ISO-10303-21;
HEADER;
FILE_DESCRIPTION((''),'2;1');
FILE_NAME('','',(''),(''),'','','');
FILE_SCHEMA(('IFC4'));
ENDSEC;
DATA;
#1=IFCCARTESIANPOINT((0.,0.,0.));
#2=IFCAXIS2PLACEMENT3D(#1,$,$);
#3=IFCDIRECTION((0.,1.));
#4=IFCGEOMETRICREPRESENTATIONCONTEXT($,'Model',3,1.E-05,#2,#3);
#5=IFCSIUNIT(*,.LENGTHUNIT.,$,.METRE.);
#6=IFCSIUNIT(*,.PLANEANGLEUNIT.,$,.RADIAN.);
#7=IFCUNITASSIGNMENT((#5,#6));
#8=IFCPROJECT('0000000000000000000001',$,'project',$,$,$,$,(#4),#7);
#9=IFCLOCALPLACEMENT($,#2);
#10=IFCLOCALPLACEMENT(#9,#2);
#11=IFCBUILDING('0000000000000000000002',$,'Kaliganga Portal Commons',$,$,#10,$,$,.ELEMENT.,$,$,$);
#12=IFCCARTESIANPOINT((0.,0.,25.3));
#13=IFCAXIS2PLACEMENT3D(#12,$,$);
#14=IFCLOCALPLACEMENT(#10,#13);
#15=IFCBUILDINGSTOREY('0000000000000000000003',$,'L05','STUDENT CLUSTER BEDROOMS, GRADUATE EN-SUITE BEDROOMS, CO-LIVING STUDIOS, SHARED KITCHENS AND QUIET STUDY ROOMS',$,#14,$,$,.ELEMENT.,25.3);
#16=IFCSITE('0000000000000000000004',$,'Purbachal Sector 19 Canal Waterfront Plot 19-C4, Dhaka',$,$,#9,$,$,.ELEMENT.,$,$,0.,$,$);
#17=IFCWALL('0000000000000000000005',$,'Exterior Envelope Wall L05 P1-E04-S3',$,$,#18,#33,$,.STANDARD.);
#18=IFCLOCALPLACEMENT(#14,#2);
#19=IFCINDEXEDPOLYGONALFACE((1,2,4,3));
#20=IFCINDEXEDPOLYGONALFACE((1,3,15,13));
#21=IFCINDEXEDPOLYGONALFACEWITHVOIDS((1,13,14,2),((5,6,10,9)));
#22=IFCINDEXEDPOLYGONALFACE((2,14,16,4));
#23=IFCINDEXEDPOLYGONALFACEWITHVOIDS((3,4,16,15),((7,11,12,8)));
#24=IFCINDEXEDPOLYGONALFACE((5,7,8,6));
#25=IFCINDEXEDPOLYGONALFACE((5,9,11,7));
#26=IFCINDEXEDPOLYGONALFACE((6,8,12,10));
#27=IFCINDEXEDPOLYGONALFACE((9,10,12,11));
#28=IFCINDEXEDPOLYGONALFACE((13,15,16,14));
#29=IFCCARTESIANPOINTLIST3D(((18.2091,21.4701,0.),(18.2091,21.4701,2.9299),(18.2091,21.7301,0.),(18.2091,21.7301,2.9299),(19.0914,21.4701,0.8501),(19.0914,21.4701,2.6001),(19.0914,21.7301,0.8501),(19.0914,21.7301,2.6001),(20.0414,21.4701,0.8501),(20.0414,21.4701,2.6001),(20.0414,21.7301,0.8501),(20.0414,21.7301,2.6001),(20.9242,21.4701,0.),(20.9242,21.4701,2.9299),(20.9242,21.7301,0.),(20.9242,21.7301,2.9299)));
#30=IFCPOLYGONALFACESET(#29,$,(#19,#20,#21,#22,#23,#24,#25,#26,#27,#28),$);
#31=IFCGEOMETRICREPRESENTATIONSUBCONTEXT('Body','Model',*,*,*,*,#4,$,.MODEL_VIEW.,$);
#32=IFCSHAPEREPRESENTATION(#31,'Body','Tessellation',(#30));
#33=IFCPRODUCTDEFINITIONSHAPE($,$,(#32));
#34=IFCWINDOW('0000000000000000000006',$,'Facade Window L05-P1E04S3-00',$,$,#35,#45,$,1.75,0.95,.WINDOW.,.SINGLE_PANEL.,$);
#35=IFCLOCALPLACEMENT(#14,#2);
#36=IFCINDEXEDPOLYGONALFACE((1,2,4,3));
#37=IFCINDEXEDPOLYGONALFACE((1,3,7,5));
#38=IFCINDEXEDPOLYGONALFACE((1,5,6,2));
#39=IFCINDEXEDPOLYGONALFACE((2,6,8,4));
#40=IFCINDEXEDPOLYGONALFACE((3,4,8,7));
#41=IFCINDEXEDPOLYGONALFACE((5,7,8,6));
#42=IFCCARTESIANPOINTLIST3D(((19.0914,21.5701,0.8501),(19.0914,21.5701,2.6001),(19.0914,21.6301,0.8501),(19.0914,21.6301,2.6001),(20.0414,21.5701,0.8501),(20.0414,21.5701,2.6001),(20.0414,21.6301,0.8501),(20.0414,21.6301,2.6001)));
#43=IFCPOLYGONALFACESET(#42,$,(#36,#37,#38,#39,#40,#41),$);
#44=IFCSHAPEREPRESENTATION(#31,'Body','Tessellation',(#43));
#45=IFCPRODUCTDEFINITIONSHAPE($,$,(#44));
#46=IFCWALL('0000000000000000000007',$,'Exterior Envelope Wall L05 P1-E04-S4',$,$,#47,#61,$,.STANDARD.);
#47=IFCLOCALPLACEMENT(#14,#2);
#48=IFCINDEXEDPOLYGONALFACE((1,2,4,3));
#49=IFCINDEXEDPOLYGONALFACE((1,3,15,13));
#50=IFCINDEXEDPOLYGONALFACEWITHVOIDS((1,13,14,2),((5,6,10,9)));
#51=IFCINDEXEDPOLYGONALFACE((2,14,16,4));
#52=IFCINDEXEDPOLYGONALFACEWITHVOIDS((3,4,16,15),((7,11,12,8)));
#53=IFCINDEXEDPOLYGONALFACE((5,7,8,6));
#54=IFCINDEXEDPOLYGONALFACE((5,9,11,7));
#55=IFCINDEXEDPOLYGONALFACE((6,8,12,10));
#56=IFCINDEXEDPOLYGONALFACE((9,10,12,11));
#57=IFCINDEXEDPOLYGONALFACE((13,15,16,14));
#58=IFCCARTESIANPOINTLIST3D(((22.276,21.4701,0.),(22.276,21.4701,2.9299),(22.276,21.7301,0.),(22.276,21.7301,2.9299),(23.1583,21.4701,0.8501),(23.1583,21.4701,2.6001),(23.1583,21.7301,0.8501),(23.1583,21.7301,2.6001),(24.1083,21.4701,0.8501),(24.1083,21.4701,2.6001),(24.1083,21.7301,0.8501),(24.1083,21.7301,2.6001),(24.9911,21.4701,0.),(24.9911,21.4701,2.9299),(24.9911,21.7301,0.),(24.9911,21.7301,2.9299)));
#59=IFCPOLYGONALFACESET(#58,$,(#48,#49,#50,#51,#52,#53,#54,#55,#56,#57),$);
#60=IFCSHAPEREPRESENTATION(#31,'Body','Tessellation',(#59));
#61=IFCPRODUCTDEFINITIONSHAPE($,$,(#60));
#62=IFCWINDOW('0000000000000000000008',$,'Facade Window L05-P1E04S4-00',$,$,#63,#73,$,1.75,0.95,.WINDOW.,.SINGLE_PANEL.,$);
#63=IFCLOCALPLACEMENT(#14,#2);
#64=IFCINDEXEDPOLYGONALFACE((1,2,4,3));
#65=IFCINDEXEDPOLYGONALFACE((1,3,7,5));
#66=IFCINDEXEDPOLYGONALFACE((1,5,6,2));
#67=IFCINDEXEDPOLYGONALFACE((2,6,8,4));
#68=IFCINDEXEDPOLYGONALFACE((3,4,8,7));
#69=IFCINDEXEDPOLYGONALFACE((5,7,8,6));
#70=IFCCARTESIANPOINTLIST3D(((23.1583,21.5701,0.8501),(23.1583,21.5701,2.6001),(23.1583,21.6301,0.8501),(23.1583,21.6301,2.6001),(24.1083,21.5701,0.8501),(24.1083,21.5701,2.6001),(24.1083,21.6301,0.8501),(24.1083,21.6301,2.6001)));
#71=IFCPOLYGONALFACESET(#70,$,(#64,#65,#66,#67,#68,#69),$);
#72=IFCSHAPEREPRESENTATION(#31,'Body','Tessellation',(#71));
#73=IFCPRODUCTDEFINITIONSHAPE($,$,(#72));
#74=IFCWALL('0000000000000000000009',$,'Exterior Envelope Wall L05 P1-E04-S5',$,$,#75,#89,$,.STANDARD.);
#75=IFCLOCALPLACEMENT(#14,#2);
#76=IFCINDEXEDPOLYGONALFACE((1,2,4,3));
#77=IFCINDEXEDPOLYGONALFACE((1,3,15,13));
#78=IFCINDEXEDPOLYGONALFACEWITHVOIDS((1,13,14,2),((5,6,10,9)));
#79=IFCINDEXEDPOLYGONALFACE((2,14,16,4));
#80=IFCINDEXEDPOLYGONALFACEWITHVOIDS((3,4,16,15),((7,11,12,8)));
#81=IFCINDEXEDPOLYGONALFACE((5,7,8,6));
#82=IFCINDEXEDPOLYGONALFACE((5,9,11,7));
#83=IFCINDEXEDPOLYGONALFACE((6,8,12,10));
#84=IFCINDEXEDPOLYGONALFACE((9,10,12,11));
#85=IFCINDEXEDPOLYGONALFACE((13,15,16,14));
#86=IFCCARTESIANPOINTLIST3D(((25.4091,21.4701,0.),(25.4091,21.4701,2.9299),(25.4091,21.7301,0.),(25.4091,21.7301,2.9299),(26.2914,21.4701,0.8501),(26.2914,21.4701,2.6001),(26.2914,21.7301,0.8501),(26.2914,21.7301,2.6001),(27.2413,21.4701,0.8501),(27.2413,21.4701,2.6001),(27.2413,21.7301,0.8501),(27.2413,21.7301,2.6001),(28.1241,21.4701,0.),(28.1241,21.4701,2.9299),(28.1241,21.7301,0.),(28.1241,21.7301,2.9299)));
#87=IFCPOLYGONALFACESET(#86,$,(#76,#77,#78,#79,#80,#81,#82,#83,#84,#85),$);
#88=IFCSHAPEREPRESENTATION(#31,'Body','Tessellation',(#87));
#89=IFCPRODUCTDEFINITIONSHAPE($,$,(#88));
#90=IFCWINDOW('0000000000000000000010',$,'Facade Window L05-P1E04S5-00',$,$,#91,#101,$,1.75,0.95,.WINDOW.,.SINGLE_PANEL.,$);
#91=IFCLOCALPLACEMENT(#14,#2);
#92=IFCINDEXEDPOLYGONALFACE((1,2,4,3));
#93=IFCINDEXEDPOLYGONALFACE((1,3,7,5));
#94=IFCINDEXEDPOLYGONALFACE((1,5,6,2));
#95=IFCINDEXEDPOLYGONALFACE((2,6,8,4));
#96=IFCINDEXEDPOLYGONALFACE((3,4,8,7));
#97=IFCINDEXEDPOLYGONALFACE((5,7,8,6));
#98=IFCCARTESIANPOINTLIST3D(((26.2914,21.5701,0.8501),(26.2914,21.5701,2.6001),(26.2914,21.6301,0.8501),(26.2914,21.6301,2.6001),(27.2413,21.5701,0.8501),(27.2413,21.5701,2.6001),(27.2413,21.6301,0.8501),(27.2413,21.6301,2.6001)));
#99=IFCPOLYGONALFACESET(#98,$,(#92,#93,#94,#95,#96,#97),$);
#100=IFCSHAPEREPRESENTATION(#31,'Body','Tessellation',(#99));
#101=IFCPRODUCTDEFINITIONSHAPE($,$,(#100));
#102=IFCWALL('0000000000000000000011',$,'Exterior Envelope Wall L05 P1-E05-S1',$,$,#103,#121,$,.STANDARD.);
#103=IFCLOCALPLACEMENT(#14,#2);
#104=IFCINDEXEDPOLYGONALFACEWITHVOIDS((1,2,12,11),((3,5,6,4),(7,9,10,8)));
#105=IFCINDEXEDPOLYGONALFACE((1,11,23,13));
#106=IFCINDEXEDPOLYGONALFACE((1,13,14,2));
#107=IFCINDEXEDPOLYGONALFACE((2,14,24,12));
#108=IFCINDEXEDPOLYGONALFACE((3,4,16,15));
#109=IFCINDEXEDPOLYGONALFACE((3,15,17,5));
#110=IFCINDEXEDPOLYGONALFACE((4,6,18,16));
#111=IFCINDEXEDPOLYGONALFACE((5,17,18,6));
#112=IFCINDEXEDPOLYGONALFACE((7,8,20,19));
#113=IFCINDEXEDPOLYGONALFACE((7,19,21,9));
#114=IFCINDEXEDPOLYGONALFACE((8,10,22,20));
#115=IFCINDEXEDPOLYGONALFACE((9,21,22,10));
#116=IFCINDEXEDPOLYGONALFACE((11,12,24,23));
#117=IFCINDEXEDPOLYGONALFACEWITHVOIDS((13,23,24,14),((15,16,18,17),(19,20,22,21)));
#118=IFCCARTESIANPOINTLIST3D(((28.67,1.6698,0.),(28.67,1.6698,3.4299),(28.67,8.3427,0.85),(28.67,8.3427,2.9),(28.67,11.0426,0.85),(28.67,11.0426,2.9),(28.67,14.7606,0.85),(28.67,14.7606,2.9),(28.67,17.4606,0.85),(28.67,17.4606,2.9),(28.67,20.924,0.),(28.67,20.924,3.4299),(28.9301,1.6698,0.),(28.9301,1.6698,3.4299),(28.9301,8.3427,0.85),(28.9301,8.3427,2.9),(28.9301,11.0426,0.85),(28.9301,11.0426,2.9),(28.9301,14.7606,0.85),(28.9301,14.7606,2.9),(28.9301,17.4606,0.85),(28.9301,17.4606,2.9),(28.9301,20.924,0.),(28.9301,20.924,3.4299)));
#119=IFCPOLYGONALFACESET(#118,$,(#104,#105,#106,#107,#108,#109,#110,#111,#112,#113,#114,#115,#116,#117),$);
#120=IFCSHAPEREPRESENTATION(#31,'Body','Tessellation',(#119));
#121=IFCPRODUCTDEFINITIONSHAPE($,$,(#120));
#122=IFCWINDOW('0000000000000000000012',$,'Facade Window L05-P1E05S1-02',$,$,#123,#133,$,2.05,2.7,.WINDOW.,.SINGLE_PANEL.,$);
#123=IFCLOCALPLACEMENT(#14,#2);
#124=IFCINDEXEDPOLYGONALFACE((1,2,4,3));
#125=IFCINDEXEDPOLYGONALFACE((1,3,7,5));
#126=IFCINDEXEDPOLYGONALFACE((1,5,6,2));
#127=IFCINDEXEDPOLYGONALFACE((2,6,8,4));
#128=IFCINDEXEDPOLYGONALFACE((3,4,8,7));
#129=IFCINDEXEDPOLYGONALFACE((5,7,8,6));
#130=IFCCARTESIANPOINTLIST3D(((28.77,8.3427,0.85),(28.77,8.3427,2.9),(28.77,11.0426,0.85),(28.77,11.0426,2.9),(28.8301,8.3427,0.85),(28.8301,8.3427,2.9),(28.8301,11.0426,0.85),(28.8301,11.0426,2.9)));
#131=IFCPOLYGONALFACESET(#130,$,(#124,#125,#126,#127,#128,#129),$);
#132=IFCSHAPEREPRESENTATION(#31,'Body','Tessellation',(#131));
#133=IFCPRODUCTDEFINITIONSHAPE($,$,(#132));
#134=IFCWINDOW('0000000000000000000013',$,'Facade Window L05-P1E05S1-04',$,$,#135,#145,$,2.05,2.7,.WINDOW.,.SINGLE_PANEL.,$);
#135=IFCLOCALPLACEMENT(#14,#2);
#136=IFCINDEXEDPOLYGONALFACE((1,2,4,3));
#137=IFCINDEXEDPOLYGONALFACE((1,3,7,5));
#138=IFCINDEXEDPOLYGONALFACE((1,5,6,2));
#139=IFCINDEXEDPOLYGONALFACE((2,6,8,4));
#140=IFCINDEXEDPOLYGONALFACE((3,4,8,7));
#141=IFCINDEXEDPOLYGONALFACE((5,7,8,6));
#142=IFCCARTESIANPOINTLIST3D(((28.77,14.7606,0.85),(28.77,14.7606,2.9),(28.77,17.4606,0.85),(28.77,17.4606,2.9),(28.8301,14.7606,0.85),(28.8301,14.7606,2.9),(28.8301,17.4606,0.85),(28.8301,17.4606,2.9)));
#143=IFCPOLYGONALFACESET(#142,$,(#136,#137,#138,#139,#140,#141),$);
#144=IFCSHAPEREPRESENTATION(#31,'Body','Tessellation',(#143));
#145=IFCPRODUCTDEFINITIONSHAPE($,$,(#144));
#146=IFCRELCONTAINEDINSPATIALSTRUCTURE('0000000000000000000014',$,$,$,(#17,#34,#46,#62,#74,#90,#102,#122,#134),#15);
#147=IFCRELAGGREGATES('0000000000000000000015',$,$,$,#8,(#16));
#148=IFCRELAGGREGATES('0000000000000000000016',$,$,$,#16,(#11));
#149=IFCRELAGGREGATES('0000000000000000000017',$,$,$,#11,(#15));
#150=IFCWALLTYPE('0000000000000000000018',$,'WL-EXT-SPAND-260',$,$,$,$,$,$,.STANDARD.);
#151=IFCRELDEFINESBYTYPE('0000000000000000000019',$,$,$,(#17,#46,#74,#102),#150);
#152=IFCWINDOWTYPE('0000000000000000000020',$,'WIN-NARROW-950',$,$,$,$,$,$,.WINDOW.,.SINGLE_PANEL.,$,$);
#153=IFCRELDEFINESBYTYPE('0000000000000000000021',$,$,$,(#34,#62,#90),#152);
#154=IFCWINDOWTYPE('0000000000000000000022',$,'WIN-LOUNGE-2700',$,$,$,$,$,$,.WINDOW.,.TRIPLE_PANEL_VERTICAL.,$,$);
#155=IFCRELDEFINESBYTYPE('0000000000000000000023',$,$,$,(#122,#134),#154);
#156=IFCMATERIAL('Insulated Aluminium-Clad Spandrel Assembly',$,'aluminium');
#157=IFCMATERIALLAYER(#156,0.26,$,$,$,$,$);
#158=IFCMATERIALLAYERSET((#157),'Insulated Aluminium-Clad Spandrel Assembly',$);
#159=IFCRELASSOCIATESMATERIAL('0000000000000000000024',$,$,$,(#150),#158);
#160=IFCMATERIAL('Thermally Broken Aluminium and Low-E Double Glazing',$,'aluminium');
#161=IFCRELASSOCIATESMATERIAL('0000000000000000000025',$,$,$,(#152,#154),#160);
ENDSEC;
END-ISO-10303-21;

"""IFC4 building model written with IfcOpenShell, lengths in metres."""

from ifc_helpers import new_model, si_unit, direction, frame, frame_2d, origin, place, context, subcontext, project, spatial, rectangle, extrude, material, layer, layer_set, type_object, element, fill, save


model = new_model("IFC4")

# Units and contexts
model_context = context("Model", 3, precision=1e-05, world=origin(), true_north=direction((0.0, 1.0)))
body_context = subcontext(model_context, "Body", "Model", "MODEL_VIEW")
ifc_project = project(units=[si_unit("LENGTHUNIT", "METRE"), si_unit("PLANEANGLEUNIT", "RADIAN")], contexts=[model_context])

# Site, building, storey
site_placement = place(None, origin())
site = spatial("IfcSite", under=ifc_project, at=site_placement, Name="Purbachal Sector 19 Canal Waterfront Plot 19-C4, Dhaka", CompositionType="ELEMENT", RefElevation=0.0)
building_placement = place(site_placement, origin())
building = spatial("IfcBuilding", under=site, at=building_placement, Name="Kaliganga Portal Commons", CompositionType="ELEMENT")
storey_placement = place(building_placement, frame((0.0, 0.0, 25.3)))
storey = spatial("IfcBuildingStorey", under=building, at=storey_placement, Name="L05", Description="STUDENT CLUSTER BEDROOMS, GRADUATE EN-SUITE BEDROOMS, CO-LIVING STUDIOS, SHARED KITCHENS AND QUIET STUDY ROOMS", CompositionType="ELEMENT", Elevation=25.3)

# Shared definitions
ifc_material_1 = material(Name="Insulated Aluminium-Clad Spandrel Assembly", Category="aluminium")
ifc_layer_1 = layer(ifc_material_1, 0.26)
ifc_layer_set_1 = layer_set([ifc_layer_1], Name="Insulated Aluminium-Clad Spandrel Assembly")
wall_type_1 = type_object("IfcWallType", Name="WL-EXT-SPAND-260", PredefinedType="STANDARD", material=ifc_layer_set_1)

# Walls, openings, windows
wall_1_placement = place(storey_placement, frame((20.9241, 21.6001, 0.0), z_axis=(0.0, 0.0, 1.0), x_axis=(-1.0, 0.0, 0.0)))
wall_1 = element("IfcWall", 1, at=wall_1_placement, inside=storey, type_object=wall_type_1, Name="Exterior Envelope Wall L05 P1-E04-S3", PredefinedType="STANDARD", context=body_context, shape_type="SweptSolid", body=[
    extrude(rectangle(XDim=2.7151, YDim=0.26, at=frame_2d((1.3574, 0.0))), origin(), (0.0, 0.0, 1.0), 2.9299),
])
opening_1_placement = place(wall_1_placement, frame((0.8826, 0.0, 0.8501)))
opening_1 = element("IfcOpeningElement", 2, at=opening_1_placement, cuts=wall_1, PredefinedType="OPENING", context=body_context, shape_type="SweptSolid", body=[
    extrude(rectangle(XDim=0.95, YDim=1.75, at=frame_2d((0.4751, 0.875))), frame((0.0, 0.1401, 0.0), z_axis=(0.0, -1.0, 0.0), x_axis=(1.0, 0.0, 0.0)), (0.0, 0.0, 1.0), 0.28),
])
ifc_material_2 = material(Name="Thermally Broken Aluminium and Low-E Double Glazing", Category="aluminium")
window_type_1 = type_object("IfcWindowType", Name="WIN-NARROW-950", PartitioningType="SINGLE_PANEL", PredefinedType="WINDOW", material=ifc_material_2)
window_1_placement = place(opening_1_placement, origin())
window_1 = element("IfcWindow", 3, at=window_1_placement, inside=storey, type_object=window_type_1, Name="Facade Window L05-P1E04S3-00", OverallHeight=1.75, OverallWidth=0.95, PartitioningType="SINGLE_PANEL", PredefinedType="WINDOW", context=body_context, shape_type="SweptSolid", body=[
    extrude(rectangle(XDim=0.95, YDim=1.75, at=frame_2d((0.4751, 0.875))), frame((0.0, 0.03, 0.0), z_axis=(0.0, -1.0, 0.0), x_axis=(1.0, 0.0, 0.0)), (0.0, 0.0, 1.0), 0.0601),
])
fill(opening_1, window_1)
wall_2_placement = place(storey_placement, frame((24.991, 21.6001, 0.0), z_axis=(0.0, 0.0, 1.0), x_axis=(-1.0, 0.0, 0.0)))
wall_2 = element("IfcWall", 4, at=wall_2_placement, inside=storey, type_object=wall_type_1, Name="Exterior Envelope Wall L05 P1-E04-S4", PredefinedType="STANDARD", context=body_context, shape_type="SweptSolid", body=[
    extrude(rectangle(XDim=2.7151, YDim=0.26, at=frame_2d((1.3574, 0.0))), origin(), (0.0, 0.0, 1.0), 2.9299),
])
opening_2_placement = place(wall_2_placement, frame((0.8826, 0.0, 0.8501)))
opening_2 = element("IfcOpeningElement", 5, at=opening_2_placement, cuts=wall_2, PredefinedType="OPENING", context=body_context, shape_type="SweptSolid", body=[
    extrude(rectangle(XDim=0.95, YDim=1.75, at=frame_2d((0.4751, 0.875))), frame((0.0, 0.1401, 0.0), z_axis=(0.0, -1.0, 0.0), x_axis=(1.0, 0.0, 0.0)), (0.0, 0.0, 1.0), 0.28),
])
window_2_placement = place(opening_2_placement, origin())
window_2 = element("IfcWindow", 6, at=window_2_placement, inside=storey, type_object=window_type_1, Name="Facade Window L05-P1E04S4-00", OverallHeight=1.75, OverallWidth=0.95, PartitioningType="SINGLE_PANEL", PredefinedType="WINDOW", context=body_context, shape_type="SweptSolid", body=[
    extrude(rectangle(XDim=0.95, YDim=1.75, at=frame_2d((0.4751, 0.875))), frame((0.0, 0.03, 0.0), z_axis=(0.0, -1.0, 0.0), x_axis=(1.0, 0.0, 0.0)), (0.0, 0.0, 1.0), 0.0601),
])
fill(opening_2, window_2)
wall_3_placement = place(storey_placement, frame((28.124, 21.6001, 0.0), z_axis=(0.0, 0.0, 1.0), x_axis=(-1.0, 0.0, 0.0)))
wall_3 = element("IfcWall", 7, at=wall_3_placement, inside=storey, type_object=wall_type_1, Name="Exterior Envelope Wall L05 P1-E04-S5", PredefinedType="STANDARD", context=body_context, shape_type="SweptSolid", body=[
    extrude(rectangle(XDim=2.7151, YDim=0.26, at=frame_2d((1.3574, 0.0))), origin(), (0.0, 0.0, 1.0), 2.9299),
])
opening_3_placement = place(wall_3_placement, frame((0.8826, 0.0, 0.8501)))
opening_3 = element("IfcOpeningElement", 8, at=opening_3_placement, cuts=wall_3, PredefinedType="OPENING", context=body_context, shape_type="SweptSolid", body=[
    extrude(rectangle(XDim=0.95, YDim=1.75, at=frame_2d((0.4751, 0.875))), frame((0.0, 0.1401, 0.0), z_axis=(0.0, -1.0, 0.0), x_axis=(1.0, 0.0, 0.0)), (0.0, 0.0, 1.0), 0.28),
])
window_3_placement = place(opening_3_placement, origin())
window_3 = element("IfcWindow", 9, at=window_3_placement, inside=storey, type_object=window_type_1, Name="Facade Window L05-P1E04S5-00", OverallHeight=1.75, OverallWidth=0.95, PartitioningType="SINGLE_PANEL", PredefinedType="WINDOW", context=body_context, shape_type="SweptSolid", body=[
    extrude(rectangle(XDim=0.95, YDim=1.75, at=frame_2d((0.4751, 0.875))), frame((0.0, 0.03, 0.0), z_axis=(0.0, -1.0, 0.0), x_axis=(1.0, 0.0, 0.0)), (0.0, 0.0, 1.0), 0.0601),
])
fill(opening_3, window_3)

# Wall, openings, windows
wall_4_placement = place(storey_placement, frame((28.8, 1.6699, 0.0), z_axis=(0.0, 0.0, 1.0), x_axis=(0.0, 1.0, 0.0)))
wall_4 = element("IfcWall", 10, at=wall_4_placement, inside=storey, type_object=wall_type_1, Name="Exterior Envelope Wall L05 P1-E05-S1", PredefinedType="STANDARD", context=body_context, shape_type="SweptSolid", body=[
    extrude(rectangle(XDim=19.2542, YDim=0.26, at=frame_2d((9.627, 0.0))), origin(), (0.0, 0.0, 1.0), 3.4299),
])
opening_4_placement = place(wall_4_placement, frame((6.6726, 0.0, 0.8501)))
opening_4 = element("IfcOpeningElement", 11, at=opening_4_placement, cuts=wall_4, PredefinedType="OPENING", context=body_context, shape_type="SweptSolid", body=[
    extrude(rectangle(XDim=2.7, YDim=2.05, at=frame_2d((1.3501, 1.0249))), frame((0.0, 0.1401, 0.0), z_axis=(0.0, -1.0, 0.0), x_axis=(1.0, 0.0, 0.0)), (0.0, 0.0, 1.0), 0.28),
])
opening_5_placement = place(wall_4_placement, frame((13.0906, 0.0, 0.8501)))
opening_5 = element("IfcOpeningElement", 12, at=opening_5_placement, cuts=wall_4, PredefinedType="OPENING", context=body_context, shape_type="SweptSolid", body=[
    extrude(rectangle(XDim=2.7, YDim=2.05, at=frame_2d((1.3501, 1.0249))), frame((0.0, 0.1401, 0.0), z_axis=(0.0, -1.0, 0.0), x_axis=(1.0, 0.0, 0.0)), (0.0, 0.0, 1.0), 0.28),
])
window_type_2 = type_object("IfcWindowType", Name="WIN-LOUNGE-2700", PartitioningType="TRIPLE_PANEL_VERTICAL", PredefinedType="WINDOW", material=ifc_material_2)
window_4_placement = place(opening_4_placement, origin())
window_4 = element("IfcWindow", 13, at=window_4_placement, inside=storey, type_object=window_type_2, Name="Facade Window L05-P1E05S1-02", OverallHeight=2.05, OverallWidth=2.7, PartitioningType="SINGLE_PANEL", PredefinedType="WINDOW", context=body_context, shape_type="SweptSolid", body=[
    extrude(rectangle(XDim=2.7, YDim=2.05, at=frame_2d((1.3501, 1.0249))), frame((0.0, 0.03, 0.0), z_axis=(0.0, -1.0, 0.0), x_axis=(1.0, 0.0, 0.0)), (0.0, 0.0, 1.0), 0.0601),
])
fill(opening_4, window_4)
window_5_placement = place(opening_5_placement, origin())
window_5 = element("IfcWindow", 14, at=window_5_placement, inside=storey, type_object=window_type_2, Name="Facade Window L05-P1E05S1-04", OverallHeight=2.05, OverallWidth=2.7, PartitioningType="SINGLE_PANEL", PredefinedType="WINDOW", context=body_context, shape_type="SweptSolid", body=[
    extrude(rectangle(XDim=2.7, YDim=2.05, at=frame_2d((1.3501, 1.0249))), frame((0.0, 0.03, 0.0), z_axis=(0.0, -1.0, 0.0), x_axis=(1.0, 0.0, 0.0)), (0.0, 0.0, 1.0), 0.0601),
])
fill(opening_5, window_5)

save(model, "model.ifc")
